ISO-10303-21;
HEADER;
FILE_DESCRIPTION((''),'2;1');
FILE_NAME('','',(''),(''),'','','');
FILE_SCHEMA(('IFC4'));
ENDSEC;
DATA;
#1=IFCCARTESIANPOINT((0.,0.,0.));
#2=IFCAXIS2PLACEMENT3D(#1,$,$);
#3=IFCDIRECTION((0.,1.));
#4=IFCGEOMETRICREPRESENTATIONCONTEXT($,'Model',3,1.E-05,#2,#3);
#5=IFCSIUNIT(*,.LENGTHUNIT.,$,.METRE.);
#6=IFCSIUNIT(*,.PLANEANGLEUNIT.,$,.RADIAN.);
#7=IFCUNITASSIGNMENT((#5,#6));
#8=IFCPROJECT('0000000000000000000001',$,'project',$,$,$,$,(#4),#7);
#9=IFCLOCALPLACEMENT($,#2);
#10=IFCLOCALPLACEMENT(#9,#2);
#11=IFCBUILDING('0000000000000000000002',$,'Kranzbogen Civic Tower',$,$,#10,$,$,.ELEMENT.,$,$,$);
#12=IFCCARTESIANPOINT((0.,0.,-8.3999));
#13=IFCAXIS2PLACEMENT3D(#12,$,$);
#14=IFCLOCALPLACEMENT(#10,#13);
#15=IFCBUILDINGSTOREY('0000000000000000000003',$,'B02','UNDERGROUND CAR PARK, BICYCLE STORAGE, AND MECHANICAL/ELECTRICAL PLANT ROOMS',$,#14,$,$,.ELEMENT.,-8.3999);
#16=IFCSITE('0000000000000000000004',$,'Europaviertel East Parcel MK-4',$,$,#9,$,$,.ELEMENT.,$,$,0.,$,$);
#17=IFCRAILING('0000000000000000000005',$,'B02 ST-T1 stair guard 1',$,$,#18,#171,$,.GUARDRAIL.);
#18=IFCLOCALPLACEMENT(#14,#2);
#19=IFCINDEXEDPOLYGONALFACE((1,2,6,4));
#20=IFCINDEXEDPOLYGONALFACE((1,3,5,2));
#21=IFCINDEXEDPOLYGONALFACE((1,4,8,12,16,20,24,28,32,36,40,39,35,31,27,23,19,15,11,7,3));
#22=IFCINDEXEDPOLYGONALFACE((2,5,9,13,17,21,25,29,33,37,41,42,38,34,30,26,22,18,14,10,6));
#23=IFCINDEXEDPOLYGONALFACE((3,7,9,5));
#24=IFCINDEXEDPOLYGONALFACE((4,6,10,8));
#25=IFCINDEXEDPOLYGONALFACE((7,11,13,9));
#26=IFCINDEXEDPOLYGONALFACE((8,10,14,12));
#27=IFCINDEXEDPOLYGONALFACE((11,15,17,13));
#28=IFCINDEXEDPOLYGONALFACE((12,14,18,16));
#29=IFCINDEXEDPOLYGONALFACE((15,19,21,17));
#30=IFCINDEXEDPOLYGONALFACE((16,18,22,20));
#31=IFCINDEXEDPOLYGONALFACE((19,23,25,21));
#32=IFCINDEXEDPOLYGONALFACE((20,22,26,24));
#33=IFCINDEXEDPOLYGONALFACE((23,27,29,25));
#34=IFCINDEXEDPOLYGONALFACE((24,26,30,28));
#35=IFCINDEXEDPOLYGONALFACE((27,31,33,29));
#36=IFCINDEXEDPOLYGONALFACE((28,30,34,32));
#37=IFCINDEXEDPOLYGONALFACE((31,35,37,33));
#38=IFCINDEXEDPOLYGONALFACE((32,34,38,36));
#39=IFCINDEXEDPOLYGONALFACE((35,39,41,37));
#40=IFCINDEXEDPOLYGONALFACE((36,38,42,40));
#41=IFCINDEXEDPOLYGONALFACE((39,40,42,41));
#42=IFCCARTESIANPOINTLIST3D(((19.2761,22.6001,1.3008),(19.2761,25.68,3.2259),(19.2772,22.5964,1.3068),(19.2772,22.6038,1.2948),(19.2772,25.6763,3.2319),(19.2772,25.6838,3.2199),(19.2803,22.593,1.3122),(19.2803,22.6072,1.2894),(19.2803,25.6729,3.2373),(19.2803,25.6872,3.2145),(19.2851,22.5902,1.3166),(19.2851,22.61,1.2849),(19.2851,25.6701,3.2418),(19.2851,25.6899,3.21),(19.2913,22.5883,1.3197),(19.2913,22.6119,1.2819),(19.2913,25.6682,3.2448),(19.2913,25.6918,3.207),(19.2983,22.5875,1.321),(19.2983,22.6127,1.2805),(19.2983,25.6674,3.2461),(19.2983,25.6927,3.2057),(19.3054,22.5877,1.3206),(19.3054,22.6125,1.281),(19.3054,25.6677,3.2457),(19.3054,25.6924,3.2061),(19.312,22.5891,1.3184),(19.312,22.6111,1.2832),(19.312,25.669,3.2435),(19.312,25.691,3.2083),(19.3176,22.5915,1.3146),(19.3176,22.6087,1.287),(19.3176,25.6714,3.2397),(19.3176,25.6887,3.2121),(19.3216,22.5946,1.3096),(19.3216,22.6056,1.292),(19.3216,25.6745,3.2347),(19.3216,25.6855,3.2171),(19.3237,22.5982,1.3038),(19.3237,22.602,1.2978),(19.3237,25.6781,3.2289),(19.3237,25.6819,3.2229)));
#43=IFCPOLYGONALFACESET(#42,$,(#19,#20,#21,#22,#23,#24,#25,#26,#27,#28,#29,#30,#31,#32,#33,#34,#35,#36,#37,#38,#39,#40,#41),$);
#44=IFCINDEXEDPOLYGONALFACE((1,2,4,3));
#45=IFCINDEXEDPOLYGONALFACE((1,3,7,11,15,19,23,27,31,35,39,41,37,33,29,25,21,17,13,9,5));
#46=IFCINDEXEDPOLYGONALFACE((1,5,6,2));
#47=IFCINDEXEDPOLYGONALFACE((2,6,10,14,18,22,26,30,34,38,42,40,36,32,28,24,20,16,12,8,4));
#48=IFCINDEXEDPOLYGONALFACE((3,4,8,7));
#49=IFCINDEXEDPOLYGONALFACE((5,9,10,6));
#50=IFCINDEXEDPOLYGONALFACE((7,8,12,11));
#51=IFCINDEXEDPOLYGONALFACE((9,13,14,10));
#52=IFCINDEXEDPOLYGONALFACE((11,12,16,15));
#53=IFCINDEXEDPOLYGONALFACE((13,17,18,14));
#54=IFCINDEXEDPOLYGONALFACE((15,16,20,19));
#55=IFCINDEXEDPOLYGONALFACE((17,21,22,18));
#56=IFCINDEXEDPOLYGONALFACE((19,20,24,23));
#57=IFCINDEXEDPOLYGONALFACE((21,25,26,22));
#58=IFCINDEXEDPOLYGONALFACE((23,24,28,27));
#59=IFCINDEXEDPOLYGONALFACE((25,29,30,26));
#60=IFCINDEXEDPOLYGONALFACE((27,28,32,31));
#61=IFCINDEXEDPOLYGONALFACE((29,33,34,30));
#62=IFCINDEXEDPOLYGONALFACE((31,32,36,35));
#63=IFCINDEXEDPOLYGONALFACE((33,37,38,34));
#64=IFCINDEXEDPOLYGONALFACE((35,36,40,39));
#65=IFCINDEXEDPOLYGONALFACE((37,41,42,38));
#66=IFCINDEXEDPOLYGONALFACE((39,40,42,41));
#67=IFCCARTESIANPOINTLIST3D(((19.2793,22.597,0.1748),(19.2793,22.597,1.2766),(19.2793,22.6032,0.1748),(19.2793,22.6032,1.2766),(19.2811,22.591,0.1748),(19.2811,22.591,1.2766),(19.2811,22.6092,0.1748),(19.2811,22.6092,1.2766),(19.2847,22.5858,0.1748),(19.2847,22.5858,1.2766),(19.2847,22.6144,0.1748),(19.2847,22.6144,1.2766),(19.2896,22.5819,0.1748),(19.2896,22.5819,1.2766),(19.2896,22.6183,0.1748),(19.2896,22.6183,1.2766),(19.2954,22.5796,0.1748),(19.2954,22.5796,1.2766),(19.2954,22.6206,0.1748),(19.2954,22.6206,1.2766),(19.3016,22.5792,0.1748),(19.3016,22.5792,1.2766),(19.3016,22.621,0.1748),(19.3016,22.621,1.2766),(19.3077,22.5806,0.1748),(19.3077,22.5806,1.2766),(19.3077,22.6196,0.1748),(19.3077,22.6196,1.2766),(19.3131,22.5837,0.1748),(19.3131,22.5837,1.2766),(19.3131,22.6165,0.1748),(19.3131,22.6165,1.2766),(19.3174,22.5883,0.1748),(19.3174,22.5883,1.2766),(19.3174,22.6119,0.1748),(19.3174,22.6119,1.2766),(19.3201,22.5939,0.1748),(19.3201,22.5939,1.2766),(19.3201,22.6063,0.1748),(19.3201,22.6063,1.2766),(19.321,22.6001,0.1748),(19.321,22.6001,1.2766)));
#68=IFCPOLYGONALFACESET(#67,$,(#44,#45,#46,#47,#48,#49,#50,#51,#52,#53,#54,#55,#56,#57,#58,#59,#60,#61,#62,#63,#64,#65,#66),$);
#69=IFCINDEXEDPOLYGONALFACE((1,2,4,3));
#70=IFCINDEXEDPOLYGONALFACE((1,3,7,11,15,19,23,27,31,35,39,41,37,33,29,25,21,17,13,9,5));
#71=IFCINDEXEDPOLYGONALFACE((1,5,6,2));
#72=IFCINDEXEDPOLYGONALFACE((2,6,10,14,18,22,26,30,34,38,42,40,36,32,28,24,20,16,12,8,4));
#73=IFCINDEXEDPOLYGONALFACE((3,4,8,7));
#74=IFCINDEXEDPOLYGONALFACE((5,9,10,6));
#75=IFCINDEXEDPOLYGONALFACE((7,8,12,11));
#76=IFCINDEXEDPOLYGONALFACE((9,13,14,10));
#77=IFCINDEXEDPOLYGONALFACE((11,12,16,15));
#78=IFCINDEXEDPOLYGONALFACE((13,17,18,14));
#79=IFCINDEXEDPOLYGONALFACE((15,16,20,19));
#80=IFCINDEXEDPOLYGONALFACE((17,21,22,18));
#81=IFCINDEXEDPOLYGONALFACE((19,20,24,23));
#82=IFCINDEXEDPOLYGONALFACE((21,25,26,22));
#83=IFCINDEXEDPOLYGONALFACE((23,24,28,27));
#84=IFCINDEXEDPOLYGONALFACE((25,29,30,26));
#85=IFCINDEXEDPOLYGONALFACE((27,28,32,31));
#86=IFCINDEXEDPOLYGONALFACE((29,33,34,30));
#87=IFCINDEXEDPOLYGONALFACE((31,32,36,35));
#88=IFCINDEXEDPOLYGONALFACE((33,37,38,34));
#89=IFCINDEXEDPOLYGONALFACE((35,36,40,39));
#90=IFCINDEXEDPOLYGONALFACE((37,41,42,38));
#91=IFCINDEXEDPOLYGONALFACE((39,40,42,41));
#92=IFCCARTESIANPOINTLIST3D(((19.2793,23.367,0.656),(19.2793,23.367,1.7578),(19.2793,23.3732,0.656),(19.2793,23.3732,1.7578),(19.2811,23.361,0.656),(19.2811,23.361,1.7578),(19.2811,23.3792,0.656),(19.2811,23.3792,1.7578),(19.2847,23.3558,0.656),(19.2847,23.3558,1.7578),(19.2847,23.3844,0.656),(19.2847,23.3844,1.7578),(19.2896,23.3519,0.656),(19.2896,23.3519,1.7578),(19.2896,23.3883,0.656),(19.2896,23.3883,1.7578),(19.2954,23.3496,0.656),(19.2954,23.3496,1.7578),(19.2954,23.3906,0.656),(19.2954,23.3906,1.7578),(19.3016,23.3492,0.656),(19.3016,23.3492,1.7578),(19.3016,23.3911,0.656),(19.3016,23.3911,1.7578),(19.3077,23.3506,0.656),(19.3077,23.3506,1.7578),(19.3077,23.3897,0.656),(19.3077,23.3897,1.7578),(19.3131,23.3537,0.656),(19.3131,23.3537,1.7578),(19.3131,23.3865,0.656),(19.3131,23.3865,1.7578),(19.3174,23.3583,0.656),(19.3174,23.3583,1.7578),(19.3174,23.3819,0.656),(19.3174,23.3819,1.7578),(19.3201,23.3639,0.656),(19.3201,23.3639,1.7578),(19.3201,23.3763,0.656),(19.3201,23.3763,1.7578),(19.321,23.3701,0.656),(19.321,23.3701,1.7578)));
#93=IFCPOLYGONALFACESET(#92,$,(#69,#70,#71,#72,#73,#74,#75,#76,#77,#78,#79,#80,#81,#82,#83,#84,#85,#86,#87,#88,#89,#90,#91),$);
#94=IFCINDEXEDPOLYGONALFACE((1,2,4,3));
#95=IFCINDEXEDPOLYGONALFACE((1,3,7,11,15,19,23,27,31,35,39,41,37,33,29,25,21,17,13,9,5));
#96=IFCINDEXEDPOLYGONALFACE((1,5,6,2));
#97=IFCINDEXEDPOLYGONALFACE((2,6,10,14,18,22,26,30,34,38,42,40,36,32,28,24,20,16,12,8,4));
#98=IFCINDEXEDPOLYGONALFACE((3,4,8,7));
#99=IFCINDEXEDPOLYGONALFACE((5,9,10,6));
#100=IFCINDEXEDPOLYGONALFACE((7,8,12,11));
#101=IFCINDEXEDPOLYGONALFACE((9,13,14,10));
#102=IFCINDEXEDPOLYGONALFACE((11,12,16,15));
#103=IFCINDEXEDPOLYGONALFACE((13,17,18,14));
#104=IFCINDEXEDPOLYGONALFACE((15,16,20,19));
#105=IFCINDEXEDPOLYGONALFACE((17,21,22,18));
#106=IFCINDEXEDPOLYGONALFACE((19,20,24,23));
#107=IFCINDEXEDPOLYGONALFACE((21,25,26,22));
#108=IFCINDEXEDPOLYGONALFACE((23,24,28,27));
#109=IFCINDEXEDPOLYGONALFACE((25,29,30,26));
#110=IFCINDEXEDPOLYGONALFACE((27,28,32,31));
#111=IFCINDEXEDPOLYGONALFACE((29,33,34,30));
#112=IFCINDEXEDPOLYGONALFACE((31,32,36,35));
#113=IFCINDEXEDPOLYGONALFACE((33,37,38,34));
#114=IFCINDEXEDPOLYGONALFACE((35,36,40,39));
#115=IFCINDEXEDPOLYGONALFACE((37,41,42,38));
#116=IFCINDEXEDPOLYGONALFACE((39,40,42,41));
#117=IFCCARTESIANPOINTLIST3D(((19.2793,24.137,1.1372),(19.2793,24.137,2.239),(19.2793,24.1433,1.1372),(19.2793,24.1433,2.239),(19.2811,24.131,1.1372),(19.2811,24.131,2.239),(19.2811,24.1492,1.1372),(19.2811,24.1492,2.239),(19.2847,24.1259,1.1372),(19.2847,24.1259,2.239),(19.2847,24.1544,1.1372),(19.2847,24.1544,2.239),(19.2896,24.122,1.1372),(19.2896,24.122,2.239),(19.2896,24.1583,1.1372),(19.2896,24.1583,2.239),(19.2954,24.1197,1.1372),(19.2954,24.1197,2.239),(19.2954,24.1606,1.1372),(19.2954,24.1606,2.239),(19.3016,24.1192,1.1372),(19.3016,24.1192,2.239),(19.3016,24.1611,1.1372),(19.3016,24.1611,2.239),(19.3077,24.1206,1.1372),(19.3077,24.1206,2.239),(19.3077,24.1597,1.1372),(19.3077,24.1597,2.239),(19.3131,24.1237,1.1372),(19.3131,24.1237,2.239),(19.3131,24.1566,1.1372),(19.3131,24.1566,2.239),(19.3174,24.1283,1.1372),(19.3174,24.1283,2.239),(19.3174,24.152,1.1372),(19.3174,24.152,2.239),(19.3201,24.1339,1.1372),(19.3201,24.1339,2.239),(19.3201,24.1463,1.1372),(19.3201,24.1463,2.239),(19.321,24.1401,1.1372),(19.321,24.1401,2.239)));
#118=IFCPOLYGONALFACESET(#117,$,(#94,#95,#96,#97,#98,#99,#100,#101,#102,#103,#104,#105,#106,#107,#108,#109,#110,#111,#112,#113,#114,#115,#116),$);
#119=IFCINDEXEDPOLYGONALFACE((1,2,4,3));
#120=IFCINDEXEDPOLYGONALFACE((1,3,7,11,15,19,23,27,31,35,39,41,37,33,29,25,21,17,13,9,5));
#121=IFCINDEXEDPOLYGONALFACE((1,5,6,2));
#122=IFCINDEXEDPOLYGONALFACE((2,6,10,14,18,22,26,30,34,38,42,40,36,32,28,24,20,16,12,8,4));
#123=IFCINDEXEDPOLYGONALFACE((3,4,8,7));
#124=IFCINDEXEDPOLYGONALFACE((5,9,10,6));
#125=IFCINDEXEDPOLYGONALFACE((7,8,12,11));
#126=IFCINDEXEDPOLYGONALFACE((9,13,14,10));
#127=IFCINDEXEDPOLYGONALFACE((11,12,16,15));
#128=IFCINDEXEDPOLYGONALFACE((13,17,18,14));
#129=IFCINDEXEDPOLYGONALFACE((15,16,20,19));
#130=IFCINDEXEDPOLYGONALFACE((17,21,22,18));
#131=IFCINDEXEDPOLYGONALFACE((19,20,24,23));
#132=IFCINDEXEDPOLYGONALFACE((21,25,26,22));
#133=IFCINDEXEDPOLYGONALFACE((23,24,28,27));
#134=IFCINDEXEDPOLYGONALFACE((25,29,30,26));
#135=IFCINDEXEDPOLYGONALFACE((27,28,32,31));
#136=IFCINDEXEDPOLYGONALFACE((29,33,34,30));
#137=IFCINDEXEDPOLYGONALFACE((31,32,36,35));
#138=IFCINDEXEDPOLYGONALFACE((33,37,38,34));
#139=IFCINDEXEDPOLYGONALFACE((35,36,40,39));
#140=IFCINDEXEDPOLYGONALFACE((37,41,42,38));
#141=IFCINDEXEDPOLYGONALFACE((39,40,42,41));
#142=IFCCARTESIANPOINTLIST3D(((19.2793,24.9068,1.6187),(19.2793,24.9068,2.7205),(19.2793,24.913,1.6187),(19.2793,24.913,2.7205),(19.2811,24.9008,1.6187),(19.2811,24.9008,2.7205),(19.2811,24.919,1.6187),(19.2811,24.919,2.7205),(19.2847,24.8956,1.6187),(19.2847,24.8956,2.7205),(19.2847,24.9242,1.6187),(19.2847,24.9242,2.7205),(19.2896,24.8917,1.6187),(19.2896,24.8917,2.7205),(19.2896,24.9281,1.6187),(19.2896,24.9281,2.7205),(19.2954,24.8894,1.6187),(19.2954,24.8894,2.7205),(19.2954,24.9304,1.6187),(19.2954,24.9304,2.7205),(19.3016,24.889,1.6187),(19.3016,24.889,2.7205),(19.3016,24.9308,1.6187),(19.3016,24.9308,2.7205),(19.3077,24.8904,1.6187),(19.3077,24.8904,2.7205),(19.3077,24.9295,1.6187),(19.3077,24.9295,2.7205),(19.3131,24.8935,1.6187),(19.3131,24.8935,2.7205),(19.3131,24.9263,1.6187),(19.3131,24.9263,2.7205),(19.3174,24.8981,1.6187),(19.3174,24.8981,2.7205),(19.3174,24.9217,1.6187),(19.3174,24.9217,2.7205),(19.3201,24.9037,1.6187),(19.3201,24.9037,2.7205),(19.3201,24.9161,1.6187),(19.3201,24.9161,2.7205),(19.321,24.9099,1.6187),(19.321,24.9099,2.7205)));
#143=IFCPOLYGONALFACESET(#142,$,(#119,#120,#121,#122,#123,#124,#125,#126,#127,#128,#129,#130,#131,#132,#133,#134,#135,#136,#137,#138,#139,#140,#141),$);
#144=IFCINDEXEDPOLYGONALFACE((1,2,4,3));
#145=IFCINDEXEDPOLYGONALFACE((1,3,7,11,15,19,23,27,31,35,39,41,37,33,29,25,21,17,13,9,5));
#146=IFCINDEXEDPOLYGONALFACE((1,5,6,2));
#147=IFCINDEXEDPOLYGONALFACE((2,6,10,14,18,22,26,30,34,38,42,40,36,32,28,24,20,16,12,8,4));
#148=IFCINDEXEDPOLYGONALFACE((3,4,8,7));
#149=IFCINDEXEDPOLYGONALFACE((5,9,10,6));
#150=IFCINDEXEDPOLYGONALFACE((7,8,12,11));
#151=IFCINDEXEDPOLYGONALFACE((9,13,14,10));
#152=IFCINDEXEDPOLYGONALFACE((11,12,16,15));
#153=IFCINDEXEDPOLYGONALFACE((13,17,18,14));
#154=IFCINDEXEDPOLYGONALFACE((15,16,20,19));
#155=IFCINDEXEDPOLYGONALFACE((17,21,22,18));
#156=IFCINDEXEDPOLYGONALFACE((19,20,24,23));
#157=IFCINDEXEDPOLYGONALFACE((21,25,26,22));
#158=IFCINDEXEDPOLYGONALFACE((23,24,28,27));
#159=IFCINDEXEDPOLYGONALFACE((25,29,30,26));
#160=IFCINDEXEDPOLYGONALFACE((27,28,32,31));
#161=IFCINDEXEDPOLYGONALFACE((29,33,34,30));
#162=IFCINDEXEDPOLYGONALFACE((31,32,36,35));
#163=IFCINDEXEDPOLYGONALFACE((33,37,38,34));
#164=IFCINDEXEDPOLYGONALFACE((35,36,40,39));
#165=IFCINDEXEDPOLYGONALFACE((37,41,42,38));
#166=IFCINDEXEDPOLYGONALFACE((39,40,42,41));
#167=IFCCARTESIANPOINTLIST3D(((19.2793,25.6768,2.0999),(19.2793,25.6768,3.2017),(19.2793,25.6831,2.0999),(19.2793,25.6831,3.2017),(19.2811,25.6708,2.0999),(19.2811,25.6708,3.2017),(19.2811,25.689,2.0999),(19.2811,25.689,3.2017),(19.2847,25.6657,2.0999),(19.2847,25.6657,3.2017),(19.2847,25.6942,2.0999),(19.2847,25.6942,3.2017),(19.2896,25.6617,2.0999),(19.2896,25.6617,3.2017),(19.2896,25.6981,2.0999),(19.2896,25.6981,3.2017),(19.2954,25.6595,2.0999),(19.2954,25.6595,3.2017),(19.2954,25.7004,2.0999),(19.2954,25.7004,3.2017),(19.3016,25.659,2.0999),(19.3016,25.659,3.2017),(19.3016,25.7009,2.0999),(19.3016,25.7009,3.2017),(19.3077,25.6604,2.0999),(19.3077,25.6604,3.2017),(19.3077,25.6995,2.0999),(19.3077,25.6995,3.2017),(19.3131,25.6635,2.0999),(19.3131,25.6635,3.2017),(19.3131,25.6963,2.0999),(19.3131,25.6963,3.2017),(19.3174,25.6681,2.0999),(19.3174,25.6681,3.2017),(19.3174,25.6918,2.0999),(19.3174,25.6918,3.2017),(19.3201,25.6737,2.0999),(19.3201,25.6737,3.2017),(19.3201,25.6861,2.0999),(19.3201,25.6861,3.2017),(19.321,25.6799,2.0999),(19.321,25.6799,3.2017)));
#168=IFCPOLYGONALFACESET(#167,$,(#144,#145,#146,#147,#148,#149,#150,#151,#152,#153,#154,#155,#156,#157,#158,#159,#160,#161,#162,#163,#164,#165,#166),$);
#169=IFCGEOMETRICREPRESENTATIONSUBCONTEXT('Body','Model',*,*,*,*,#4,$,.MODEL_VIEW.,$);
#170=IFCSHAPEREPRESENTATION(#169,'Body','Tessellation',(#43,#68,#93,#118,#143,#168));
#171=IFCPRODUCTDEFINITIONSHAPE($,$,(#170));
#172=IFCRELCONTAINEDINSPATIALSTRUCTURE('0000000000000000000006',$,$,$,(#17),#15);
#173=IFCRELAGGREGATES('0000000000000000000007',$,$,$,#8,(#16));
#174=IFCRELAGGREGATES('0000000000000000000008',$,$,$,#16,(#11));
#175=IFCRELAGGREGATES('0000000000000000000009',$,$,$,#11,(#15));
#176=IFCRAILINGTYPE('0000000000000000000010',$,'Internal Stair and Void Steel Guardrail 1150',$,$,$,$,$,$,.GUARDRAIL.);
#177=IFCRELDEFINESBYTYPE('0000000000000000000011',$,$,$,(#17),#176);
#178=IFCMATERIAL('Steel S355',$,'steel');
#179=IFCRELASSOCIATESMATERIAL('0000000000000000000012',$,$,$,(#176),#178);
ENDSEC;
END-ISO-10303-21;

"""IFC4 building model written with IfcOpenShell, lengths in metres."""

from ifc_helpers import new_model, si_unit, direction, frame, origin, origin_2d, place, context, subcontext, project, spatial, circle, extrude, material, type_object, element, save


model = new_model("IFC4")

# Units and contexts
model_context = context("Model", 3, precision=1e-05, world=origin(), true_north=direction((0.0, 1.0)))
body_context = subcontext(model_context, "Body", "Model", "MODEL_VIEW")
ifc_project = project(units=[si_unit("LENGTHUNIT", "METRE"), si_unit("PLANEANGLEUNIT", "RADIAN")], contexts=[model_context])

# Site, building, storey
site_placement = place(None, origin())
site = spatial("IfcSite", under=ifc_project, at=site_placement, Name="Europaviertel East Parcel MK-4", CompositionType="ELEMENT", RefElevation=0.0)
building_placement = place(site_placement, origin())
building = spatial("IfcBuilding", under=site, at=building_placement, Name="Kranzbogen Civic Tower", CompositionType="ELEMENT")
storey_placement = place(building_placement, frame((0.0, 0.0, -8.3999)))
storey = spatial("IfcBuildingStorey", under=building, at=storey_placement, Name="B02", Description="UNDERGROUND CAR PARK, BICYCLE STORAGE, AND MECHANICAL/ELECTRICAL PLANT ROOMS", CompositionType="ELEMENT", Elevation=-8.3999)

# Shared definitions
ifc_material_1 = material(Name="Steel S355", Category="steel")

# Railing
railing_type_1 = type_object("IfcRailingType", Name="Internal Stair and Void Steel Guardrail 1150", PredefinedType="GUARDRAIL", material=ifc_material_1)
railing_1_placement = place(storey_placement, frame((19.3, 22.6001, 0.1748)))
element("IfcRailing", 1, at=railing_1_placement, inside=storey, type_object=railing_type_1, Name="B02 ST-T1 stair guard 1", PredefinedType="GUARDRAIL", context=body_context, shape_type="SweptSolid", body=[
    extrude(circle(Radius=0.0239, at=origin_2d()), frame((0.0, 0.0, 1.126), z_axis=(0.0, 0.847979, 0.530029), x_axis=(-1.0, 0.0, 0.0)), (0.0, 0.0, 1.0), 3.6321),
    extrude(circle(Radius=0.021, at=origin_2d()), origin(), (0.0, 0.0, 1.0), 1.1018),
    extrude(circle(Radius=0.021, at=origin_2d()), frame((0.0, 0.77, 0.4812)), (0.0, 0.0, 1.0), 1.1018),
    extrude(circle(Radius=0.021, at=origin_2d()), frame((0.0, 1.54, 0.9624)), (0.0, 0.0, 1.0), 1.1018),
    extrude(circle(Radius=0.021, at=origin_2d()), frame((0.0, 2.3098, 1.4438)), (0.0, 0.0, 1.0), 1.1018),
    extrude(circle(Radius=0.021, at=origin_2d()), frame((0.0, 3.0798, 1.925)), (0.0, 0.0, 1.0), 1.1018),
])

save(model, "model.ifc")
